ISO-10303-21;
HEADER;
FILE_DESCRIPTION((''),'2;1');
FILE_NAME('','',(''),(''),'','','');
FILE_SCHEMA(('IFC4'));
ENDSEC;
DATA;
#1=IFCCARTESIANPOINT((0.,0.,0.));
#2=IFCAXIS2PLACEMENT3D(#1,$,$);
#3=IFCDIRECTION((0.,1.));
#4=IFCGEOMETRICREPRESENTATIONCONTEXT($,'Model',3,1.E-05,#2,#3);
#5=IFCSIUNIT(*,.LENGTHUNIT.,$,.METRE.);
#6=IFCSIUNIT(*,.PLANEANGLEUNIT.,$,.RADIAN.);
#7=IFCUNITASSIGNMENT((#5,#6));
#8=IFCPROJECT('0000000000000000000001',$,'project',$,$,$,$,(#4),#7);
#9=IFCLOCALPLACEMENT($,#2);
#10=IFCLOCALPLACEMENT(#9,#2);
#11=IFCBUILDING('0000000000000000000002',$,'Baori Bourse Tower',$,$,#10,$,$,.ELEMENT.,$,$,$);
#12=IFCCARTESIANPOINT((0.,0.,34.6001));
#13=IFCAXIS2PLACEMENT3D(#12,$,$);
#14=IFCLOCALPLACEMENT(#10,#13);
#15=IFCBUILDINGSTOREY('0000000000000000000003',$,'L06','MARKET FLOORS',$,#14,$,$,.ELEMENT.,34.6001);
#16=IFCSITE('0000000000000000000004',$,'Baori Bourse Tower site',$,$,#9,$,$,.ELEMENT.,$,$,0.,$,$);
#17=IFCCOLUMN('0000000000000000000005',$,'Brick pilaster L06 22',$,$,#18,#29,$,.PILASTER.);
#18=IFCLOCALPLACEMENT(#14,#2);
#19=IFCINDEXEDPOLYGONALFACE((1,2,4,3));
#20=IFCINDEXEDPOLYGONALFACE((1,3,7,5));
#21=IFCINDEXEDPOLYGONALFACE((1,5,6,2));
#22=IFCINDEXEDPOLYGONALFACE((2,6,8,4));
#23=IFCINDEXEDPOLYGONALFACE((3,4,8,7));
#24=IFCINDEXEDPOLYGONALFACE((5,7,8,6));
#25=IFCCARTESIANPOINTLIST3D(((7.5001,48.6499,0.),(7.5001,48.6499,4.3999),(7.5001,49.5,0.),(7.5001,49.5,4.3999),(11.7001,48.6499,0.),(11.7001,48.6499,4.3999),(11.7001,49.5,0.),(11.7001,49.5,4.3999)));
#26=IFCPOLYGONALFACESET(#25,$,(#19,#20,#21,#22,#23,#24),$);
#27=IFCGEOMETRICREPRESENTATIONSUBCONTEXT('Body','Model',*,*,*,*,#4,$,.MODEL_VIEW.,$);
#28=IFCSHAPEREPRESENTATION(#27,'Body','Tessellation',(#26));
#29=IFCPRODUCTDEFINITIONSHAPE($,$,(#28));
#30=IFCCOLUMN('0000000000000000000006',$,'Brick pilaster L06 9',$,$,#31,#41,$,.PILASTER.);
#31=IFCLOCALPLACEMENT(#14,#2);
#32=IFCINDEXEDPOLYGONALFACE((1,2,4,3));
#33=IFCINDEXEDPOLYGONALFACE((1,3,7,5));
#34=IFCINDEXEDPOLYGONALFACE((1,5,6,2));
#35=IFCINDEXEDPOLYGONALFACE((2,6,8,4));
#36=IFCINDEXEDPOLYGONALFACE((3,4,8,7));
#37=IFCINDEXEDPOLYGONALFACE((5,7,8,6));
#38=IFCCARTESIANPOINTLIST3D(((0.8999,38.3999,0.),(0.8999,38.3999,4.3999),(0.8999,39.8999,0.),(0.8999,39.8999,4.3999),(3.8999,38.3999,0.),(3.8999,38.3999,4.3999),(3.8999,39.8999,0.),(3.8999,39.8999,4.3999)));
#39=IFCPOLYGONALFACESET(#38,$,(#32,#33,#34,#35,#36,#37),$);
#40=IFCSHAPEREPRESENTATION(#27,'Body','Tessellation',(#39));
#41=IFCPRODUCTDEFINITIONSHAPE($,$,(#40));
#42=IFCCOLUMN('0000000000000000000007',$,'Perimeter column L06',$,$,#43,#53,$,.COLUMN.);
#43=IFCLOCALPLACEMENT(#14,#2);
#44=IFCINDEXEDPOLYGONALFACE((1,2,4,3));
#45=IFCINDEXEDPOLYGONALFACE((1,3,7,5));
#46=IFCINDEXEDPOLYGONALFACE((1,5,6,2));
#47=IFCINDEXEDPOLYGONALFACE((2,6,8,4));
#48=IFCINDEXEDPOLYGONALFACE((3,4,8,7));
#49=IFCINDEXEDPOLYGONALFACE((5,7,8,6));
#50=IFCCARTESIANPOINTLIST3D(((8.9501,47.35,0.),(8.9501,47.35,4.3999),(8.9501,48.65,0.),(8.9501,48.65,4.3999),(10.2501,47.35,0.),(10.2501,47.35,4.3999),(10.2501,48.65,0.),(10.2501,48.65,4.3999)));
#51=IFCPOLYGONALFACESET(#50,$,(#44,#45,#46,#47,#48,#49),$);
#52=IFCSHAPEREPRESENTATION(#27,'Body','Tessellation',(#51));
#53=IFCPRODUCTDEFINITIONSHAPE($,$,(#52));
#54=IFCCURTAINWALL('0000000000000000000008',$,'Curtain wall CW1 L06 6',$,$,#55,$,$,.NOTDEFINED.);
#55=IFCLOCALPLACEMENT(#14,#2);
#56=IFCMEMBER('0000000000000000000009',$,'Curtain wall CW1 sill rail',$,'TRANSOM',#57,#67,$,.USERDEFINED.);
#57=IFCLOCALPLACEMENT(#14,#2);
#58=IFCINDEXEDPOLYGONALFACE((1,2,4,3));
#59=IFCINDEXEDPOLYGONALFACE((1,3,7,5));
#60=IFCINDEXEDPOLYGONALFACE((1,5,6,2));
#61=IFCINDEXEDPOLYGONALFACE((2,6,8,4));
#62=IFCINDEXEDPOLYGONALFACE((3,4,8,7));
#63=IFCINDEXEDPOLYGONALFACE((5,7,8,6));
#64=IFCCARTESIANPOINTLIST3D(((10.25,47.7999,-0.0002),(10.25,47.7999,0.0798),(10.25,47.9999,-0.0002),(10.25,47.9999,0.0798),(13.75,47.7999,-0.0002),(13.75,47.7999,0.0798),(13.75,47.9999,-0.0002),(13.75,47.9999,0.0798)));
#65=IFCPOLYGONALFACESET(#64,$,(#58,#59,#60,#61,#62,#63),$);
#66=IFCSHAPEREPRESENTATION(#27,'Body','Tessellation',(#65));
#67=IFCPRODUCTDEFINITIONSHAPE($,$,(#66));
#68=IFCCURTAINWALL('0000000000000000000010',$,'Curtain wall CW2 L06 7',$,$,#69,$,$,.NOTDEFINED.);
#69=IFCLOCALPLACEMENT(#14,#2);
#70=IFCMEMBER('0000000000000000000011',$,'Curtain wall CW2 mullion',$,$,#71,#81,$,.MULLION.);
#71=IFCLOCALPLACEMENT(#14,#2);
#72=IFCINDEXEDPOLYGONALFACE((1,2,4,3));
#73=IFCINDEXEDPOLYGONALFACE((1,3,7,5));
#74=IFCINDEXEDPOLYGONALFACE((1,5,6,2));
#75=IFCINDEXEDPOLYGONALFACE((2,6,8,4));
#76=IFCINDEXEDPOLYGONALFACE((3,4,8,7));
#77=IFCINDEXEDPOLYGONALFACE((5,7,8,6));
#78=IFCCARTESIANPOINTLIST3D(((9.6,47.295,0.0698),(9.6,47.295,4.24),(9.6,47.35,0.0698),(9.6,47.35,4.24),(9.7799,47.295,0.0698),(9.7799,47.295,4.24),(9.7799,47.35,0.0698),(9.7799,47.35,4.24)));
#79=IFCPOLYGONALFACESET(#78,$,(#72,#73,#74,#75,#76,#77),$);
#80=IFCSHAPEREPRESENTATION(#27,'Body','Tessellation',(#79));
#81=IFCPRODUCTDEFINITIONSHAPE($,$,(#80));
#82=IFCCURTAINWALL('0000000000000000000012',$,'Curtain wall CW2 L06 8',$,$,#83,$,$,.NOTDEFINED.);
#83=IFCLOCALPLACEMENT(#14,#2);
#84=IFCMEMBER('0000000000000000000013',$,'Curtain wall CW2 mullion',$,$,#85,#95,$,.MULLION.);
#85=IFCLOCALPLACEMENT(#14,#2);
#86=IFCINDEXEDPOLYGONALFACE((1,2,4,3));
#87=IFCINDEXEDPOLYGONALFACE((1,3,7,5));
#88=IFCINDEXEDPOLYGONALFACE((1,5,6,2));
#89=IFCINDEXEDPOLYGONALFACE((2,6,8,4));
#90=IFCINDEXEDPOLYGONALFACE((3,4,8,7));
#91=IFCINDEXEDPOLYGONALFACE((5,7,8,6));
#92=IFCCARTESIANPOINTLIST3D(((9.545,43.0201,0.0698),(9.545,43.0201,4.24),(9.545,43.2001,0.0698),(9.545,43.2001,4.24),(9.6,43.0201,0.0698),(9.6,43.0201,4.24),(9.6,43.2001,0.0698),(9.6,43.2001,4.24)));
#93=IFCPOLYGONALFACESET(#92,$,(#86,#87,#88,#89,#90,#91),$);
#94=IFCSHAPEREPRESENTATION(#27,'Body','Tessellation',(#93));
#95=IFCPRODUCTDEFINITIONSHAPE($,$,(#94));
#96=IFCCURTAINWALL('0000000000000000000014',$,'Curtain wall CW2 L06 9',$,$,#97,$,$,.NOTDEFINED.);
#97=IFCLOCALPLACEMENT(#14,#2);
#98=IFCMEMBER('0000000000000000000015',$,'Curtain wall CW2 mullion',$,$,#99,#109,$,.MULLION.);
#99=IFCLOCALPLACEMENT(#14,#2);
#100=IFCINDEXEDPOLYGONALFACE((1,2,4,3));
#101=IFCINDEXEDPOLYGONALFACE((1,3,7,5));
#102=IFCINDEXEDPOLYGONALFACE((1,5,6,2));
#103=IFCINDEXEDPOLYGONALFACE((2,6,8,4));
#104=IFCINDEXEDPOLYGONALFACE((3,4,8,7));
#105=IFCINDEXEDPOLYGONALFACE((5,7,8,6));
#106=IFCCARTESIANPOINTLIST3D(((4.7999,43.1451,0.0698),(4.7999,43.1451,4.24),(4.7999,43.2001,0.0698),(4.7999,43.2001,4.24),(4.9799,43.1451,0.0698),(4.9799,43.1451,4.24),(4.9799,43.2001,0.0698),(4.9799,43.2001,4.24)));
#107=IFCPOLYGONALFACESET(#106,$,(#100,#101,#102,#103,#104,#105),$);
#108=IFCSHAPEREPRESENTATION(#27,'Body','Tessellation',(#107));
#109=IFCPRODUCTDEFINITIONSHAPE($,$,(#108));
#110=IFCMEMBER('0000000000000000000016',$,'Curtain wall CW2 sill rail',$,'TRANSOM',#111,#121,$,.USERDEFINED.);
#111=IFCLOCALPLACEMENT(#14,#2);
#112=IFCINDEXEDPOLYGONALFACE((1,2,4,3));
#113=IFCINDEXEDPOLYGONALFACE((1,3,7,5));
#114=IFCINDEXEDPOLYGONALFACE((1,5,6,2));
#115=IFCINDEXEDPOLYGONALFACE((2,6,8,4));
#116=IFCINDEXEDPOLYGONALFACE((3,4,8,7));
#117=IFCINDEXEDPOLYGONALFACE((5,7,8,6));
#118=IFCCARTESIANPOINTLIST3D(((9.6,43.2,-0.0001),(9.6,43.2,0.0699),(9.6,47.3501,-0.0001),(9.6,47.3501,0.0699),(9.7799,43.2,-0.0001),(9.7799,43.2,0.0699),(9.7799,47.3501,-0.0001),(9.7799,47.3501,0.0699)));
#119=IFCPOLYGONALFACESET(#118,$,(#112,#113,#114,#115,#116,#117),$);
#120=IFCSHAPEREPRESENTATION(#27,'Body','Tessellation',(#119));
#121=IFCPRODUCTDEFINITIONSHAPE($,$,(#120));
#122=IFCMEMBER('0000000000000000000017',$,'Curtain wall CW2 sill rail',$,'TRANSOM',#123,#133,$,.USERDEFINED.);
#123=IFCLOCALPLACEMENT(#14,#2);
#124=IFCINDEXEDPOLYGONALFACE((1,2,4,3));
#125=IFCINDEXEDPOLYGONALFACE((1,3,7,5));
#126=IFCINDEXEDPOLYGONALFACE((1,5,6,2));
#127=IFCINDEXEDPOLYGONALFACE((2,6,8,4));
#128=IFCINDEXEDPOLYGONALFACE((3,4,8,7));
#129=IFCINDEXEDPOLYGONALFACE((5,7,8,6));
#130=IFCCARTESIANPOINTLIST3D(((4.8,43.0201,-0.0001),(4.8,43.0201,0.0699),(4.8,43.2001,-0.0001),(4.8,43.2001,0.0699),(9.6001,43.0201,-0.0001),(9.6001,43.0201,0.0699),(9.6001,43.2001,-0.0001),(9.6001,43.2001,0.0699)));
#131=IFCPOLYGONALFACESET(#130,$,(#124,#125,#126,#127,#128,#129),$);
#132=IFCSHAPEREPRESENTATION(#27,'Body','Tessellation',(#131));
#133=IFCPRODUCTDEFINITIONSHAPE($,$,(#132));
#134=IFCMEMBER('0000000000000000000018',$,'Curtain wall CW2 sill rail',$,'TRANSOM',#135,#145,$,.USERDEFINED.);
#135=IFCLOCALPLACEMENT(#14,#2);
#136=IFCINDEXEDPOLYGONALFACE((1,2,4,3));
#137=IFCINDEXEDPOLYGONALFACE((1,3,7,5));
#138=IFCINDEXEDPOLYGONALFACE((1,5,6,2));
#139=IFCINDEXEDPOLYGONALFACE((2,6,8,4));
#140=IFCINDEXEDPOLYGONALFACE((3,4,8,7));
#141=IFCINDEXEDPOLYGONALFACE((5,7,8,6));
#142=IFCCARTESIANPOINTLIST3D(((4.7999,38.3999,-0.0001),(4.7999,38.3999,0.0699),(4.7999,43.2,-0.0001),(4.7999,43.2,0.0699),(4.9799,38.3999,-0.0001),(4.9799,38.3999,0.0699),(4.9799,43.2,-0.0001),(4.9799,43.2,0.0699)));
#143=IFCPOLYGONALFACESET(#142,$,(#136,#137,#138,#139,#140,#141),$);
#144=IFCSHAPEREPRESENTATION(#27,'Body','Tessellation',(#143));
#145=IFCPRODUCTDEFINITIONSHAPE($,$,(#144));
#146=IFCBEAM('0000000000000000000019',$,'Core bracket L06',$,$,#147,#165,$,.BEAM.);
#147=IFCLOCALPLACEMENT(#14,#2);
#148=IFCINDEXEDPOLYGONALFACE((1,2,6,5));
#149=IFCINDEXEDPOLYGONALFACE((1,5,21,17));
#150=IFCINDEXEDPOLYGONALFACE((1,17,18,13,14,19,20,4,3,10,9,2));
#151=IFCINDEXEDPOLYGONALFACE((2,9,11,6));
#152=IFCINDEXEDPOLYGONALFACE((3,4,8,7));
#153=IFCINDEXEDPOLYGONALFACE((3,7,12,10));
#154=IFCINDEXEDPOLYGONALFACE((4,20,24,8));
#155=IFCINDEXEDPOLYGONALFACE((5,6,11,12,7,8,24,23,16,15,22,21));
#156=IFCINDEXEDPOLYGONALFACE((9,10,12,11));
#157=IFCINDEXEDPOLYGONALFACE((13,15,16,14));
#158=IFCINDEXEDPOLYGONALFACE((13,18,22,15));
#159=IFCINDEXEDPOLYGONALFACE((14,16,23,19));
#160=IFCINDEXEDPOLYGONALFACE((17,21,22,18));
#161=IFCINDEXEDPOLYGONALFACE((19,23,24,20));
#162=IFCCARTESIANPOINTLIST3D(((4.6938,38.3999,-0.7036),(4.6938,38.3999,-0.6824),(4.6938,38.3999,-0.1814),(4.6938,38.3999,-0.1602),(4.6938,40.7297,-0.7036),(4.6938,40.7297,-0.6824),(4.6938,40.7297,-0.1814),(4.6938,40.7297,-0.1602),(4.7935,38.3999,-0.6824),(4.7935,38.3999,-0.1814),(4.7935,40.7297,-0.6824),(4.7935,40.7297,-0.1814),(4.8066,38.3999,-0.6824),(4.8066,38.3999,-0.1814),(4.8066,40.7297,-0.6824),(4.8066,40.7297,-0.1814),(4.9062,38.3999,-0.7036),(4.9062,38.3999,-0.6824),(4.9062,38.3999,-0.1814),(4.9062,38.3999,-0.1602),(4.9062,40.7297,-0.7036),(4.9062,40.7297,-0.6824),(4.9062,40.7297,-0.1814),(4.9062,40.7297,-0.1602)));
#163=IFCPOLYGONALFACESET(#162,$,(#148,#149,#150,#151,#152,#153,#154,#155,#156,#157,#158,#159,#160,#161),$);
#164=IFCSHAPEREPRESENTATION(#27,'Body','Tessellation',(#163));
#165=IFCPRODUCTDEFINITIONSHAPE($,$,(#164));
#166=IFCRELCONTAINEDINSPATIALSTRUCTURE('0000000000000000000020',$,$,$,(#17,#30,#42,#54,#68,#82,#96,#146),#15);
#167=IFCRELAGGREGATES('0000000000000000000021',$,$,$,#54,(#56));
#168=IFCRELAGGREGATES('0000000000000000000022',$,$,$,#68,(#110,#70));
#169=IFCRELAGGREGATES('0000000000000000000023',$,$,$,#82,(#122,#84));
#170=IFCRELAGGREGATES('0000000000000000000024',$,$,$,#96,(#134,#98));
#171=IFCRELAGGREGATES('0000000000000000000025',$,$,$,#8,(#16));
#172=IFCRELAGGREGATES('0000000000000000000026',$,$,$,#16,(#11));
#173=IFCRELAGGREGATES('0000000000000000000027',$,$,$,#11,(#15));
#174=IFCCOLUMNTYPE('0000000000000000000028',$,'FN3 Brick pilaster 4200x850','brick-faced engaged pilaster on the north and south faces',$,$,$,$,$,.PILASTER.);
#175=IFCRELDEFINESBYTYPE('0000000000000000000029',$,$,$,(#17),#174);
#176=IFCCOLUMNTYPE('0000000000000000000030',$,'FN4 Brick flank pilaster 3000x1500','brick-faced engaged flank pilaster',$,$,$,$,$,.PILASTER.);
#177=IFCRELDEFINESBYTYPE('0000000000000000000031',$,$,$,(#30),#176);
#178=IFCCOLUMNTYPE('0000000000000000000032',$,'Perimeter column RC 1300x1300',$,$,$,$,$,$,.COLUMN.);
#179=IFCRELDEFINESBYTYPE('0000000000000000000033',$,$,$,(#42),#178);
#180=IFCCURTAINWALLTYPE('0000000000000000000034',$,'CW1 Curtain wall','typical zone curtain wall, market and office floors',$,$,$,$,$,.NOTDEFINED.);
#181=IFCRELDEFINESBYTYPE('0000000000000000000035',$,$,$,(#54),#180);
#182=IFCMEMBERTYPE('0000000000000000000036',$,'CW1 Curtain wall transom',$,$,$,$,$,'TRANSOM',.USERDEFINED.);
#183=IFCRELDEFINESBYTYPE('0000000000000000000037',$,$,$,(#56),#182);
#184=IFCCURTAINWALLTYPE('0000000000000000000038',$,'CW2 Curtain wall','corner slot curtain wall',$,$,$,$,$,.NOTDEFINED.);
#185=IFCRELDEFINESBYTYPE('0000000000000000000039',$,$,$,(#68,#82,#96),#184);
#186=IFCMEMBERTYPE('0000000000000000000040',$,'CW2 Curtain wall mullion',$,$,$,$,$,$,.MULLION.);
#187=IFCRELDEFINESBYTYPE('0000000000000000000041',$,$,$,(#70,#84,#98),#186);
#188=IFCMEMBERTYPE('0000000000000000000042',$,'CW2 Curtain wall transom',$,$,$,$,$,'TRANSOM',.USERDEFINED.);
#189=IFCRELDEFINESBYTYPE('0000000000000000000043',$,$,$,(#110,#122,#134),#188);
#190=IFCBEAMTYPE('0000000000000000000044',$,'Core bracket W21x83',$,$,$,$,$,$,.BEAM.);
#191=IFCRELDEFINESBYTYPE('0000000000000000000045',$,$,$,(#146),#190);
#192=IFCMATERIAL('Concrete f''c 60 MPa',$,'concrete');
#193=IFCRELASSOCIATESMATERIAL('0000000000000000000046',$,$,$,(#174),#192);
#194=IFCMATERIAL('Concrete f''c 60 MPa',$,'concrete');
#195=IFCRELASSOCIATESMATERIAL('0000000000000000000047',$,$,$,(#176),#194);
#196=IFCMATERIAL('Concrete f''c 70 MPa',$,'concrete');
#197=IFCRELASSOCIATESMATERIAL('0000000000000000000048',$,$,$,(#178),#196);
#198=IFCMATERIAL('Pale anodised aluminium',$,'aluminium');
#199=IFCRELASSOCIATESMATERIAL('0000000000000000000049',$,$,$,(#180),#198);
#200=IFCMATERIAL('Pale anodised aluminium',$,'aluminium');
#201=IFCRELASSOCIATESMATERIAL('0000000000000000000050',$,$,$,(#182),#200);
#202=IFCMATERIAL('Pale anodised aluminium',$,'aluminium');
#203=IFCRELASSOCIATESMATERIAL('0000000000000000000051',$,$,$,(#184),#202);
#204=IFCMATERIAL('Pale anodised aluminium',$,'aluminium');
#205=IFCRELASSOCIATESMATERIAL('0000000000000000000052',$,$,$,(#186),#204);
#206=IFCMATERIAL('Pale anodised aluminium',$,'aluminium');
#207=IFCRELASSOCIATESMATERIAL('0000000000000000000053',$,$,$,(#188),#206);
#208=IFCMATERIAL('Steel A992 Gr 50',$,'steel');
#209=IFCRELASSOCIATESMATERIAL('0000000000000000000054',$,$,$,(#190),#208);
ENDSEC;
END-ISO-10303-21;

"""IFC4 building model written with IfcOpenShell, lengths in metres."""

from ifc_helpers import new_model, si_unit, direction, frame, origin, origin_2d, place, context, subcontext, project, spatial, rectangle, i_section, extrude, material, material_profile, profile_set, type_object, element, aggregate, save


model = new_model("IFC4")

# Units and contexts
model_context = context("Model", 3, precision=1e-05, world=origin(), true_north=direction((0.0, 1.0)))
body_context = subcontext(model_context, "Body", "Model", "MODEL_VIEW")
ifc_project = project(units=[si_unit("LENGTHUNIT", "METRE"), si_unit("PLANEANGLEUNIT", "RADIAN")], contexts=[model_context])

# Site, building, storey
site_placement = place(None, origin())
site = spatial("IfcSite", under=ifc_project, at=site_placement, Name="Baori Bourse Tower site", CompositionType="ELEMENT", RefElevation=0.0)
building_placement = place(site_placement, origin())
building = spatial("IfcBuilding", under=site, at=building_placement, Name="Baori Bourse Tower", CompositionType="ELEMENT")
storey_placement = place(building_placement, frame((0.0, 0.0, 34.6001)))
storey = spatial("IfcBuildingStorey", under=building, at=storey_placement, Name="L06", Description="MARKET FLOORS", CompositionType="ELEMENT", Elevation=34.6001)

# Columns
ifc_material_1 = material(Name="Concrete f'c 60 MPa", Category="concrete")
ifc_material_profile_1 = material_profile(ifc_material_1, rectangle(XDim=4.2, YDim=0.8501, at=origin_2d()), Name="RC 4200x850")
ifc_profile_set_1 = profile_set([ifc_material_profile_1], Name="Concrete f'c 60 MPa")
column_type_1 = type_object("IfcColumnType", Name="FN3 Brick pilaster 4200x850", Description="brick-faced engaged pilaster on the north and south faces", PredefinedType="PILASTER", material=ifc_profile_set_1)
column_1_placement = place(storey_placement, frame((9.6001, 49.075, 0.0), z_axis=(0.0, 0.0, 1.0), x_axis=(1.0, 0.0, 0.0)))
element("IfcColumn", 1, at=column_1_placement, inside=storey, type_object=column_type_1, Name="Brick pilaster L06 22", PredefinedType="PILASTER", context=body_context, shape_type="SweptSolid", body=[
    extrude(rectangle(XDim=4.2, YDim=0.8501, at=origin_2d()), origin(), (0.0, 0.0, 1.0), 4.3999),
])
ifc_material_2 = material(Name="Concrete f'c 60 MPa", Category="concrete")
ifc_material_profile_2 = material_profile(ifc_material_2, rectangle(XDim=3.0, YDim=1.5, at=origin_2d()), Name="RC 3000x1500")
ifc_profile_set_2 = profile_set([ifc_material_profile_2], Name="Concrete f'c 60 MPa")
column_type_2 = type_object("IfcColumnType", Name="FN4 Brick flank pilaster 3000x1500", Description="brick-faced engaged flank pilaster", PredefinedType="PILASTER", material=ifc_profile_set_2)
column_2_placement = place(storey_placement, frame((2.3999, 39.1499, 0.0), z_axis=(0.0, 0.0, 1.0), x_axis=(1.0, 0.0, 0.0)))
element("IfcColumn", 2, at=column_2_placement, inside=storey, type_object=column_type_2, Name="Brick pilaster L06 9", PredefinedType="PILASTER", context=body_context, shape_type="SweptSolid", body=[
    extrude(rectangle(XDim=3.0, YDim=1.5, at=origin_2d()), origin(), (0.0, 0.0, 1.0), 4.3999),
])
ifc_material_3 = material(Name="Concrete f'c 70 MPa", Category="concrete")
ifc_material_profile_3 = material_profile(ifc_material_3, rectangle(XDim=1.3, YDim=1.3, at=origin_2d()), Name="RC 1300x1300")
ifc_profile_set_3 = profile_set([ifc_material_profile_3], Name="Concrete f'c 70 MPa")
column_type_3 = type_object("IfcColumnType", Name="Perimeter column RC 1300x1300", PredefinedType="COLUMN", material=ifc_profile_set_3)
column_3_placement = place(storey_placement, frame((9.6001, 48.0, 0.0), z_axis=(0.0, 0.0, 1.0), x_axis=(1.0, 0.0, 0.0)))
element("IfcColumn", 3, at=column_3_placement, inside=storey, type_object=column_type_3, Name="Perimeter column L06", PredefinedType="COLUMN", context=body_context, shape_type="SweptSolid", body=[
    extrude(rectangle(XDim=1.3, YDim=1.3, at=origin_2d()), origin(), (0.0, 0.0, 1.0), 4.3999),
])

# Curtain walls, members
ifc_material_4 = material(Name="Pale anodised aluminium", Category="aluminium")
curtain_wall_type_1 = type_object("IfcCurtainWallType", Name="CW1 Curtain wall", Description="typical zone curtain wall, market and office floors", PredefinedType="NOTDEFINED", material=ifc_material_4)
curtain_wall_1_placement = place(storey_placement, origin())
curtain_wall_1 = element("IfcCurtainWall", 4, at=curtain_wall_1_placement, inside=storey, type_object=curtain_wall_type_1, Name="Curtain wall CW1 L06 6", PredefinedType="NOTDEFINED")
ifc_material_5 = material(Name="Pale anodised aluminium", Category="aluminium")
ifc_material_profile_4 = material_profile(ifc_material_5, rectangle(XDim=0.2, YDim=0.0801, at=origin_2d()), Name="Transom 80x200")
ifc_profile_set_4 = profile_set([ifc_material_profile_4], Name="Pale anodised aluminium")
member_type_1 = type_object("IfcMemberType", Name="CW1 Curtain wall transom", ElementType="TRANSOM", PredefinedType="USERDEFINED", material=ifc_profile_set_4)
member_1_placement = place(storey_placement, frame((13.75, 47.8999, 0.0398), z_axis=(-1.0, 0.0, 0.0), x_axis=(0.0, -1.0, 0.0)))
member_1 = element("IfcMember", 5, at=member_1_placement, type_object=member_type_1, Name="Curtain wall CW1 sill rail", ObjectType="TRANSOM", PredefinedType="USERDEFINED", context=body_context, shape_type="SweptSolid", body=[
    extrude(rectangle(XDim=0.2, YDim=0.0801, at=origin_2d()), origin(), (0.0, 0.0, 1.0), 3.5),
])
ifc_material_6 = material(Name="Pale anodised aluminium", Category="aluminium")
curtain_wall_type_2 = type_object("IfcCurtainWallType", Name="CW2 Curtain wall", Description="corner slot curtain wall", PredefinedType="NOTDEFINED", material=ifc_material_6)
curtain_wall_2_placement = place(storey_placement, origin())
curtain_wall_2 = element("IfcCurtainWall", 6, at=curtain_wall_2_placement, inside=storey, type_object=curtain_wall_type_2, Name="Curtain wall CW2 L06 7", PredefinedType="NOTDEFINED")
ifc_material_7 = material(Name="Pale anodised aluminium", Category="aluminium")
ifc_material_profile_5 = material_profile(ifc_material_7, rectangle(XDim=0.1799, YDim=0.0549, at=origin_2d()), Name="Mullion 55x180")
ifc_profile_set_5 = profile_set([ifc_material_profile_5], Name="Pale anodised aluminium")
member_type_2 = type_object("IfcMemberType", Name="CW2 Curtain wall mullion", PredefinedType="MULLION", material=ifc_profile_set_5)
member_2_placement = place(storey_placement, frame((9.6899, 47.3225, 0.0698), z_axis=(0.0, 0.0, 1.0), x_axis=(1.0, 0.0, 0.0)))
member_2 = element("IfcMember", 7, at=member_2_placement, type_object=member_type_2, Name="Curtain wall CW2 mullion", PredefinedType="MULLION", context=body_context, shape_type="SweptSolid", body=[
    extrude(rectangle(XDim=0.1799, YDim=0.0549, at=origin_2d()), origin(), (0.0, 0.0, 1.0), 4.1702),
])
curtain_wall_3_placement = place(storey_placement, origin())
curtain_wall_3 = element("IfcCurtainWall", 8, at=curtain_wall_3_placement, inside=storey, type_object=curtain_wall_type_2, Name="Curtain wall CW2 L06 8", PredefinedType="NOTDEFINED")
member_3_placement = place(storey_placement, frame((9.5725, 43.1101, 0.0698), z_axis=(0.0, 0.0, 1.0), x_axis=(0.0, -1.0, 0.0)))
member_3 = element("IfcMember", 9, at=member_3_placement, type_object=member_type_2, Name="Curtain wall CW2 mullion", PredefinedType="MULLION", context=body_context, shape_type="SweptSolid", body=[
    extrude(rectangle(XDim=0.1799, YDim=0.0549, at=origin_2d()), origin(), (0.0, 0.0, 1.0), 4.1702),
])
curtain_wall_4_placement = place(storey_placement, origin())
curtain_wall_4 = element("IfcCurtainWall", 10, at=curtain_wall_4_placement, inside=storey, type_object=curtain_wall_type_2, Name="Curtain wall CW2 L06 9", PredefinedType="NOTDEFINED")
member_4_placement = place(storey_placement, frame((4.8899, 43.1726, 0.0698), z_axis=(0.0, 0.0, 1.0), x_axis=(1.0, 0.0, 0.0)))
member_4 = element("IfcMember", 11, at=member_4_placement, type_object=member_type_2, Name="Curtain wall CW2 mullion", PredefinedType="MULLION", context=body_context, shape_type="SweptSolid", body=[
    extrude(rectangle(XDim=0.1799, YDim=0.0549, at=origin_2d()), origin(), (0.0, 0.0, 1.0), 4.1702),
])

# Members
ifc_material_8 = material(Name="Pale anodised aluminium", Category="aluminium")
ifc_material_profile_6 = material_profile(ifc_material_8, rectangle(XDim=0.1799, YDim=0.0701, at=origin_2d()), Name="Transom 70x180")
ifc_profile_set_6 = profile_set([ifc_material_profile_6], Name="Pale anodised aluminium")
member_type_3 = type_object("IfcMemberType", Name="CW2 Curtain wall transom", ElementType="TRANSOM", PredefinedType="USERDEFINED", material=ifc_profile_set_6)
member_5_placement = place(storey_placement, frame((9.6899, 47.3501, 0.0349), z_axis=(0.0, -1.0, 0.0), x_axis=(1.0, 0.0, 0.0)))
member_5 = element("IfcMember", 12, at=member_5_placement, type_object=member_type_3, Name="Curtain wall CW2 sill rail", ObjectType="TRANSOM", PredefinedType="USERDEFINED", context=body_context, shape_type="SweptSolid", body=[
    extrude(rectangle(XDim=0.1799, YDim=0.0701, at=origin_2d()), origin(), (0.0, 0.0, 1.0), 4.1501),
])
member_6_placement = place(storey_placement, frame((9.6001, 43.1101, 0.0349), z_axis=(-1.0, 0.0, 0.0), x_axis=(0.0, -1.0, 0.0)))
member_6 = element("IfcMember", 13, at=member_6_placement, type_object=member_type_3, Name="Curtain wall CW2 sill rail", ObjectType="TRANSOM", PredefinedType="USERDEFINED", context=body_context, shape_type="SweptSolid", body=[
    extrude(rectangle(XDim=0.1799, YDim=0.0701, at=origin_2d()), origin(), (0.0, 0.0, 1.0), 4.8),
])
member_7_placement = place(storey_placement, frame((4.8899, 43.2, 0.0349), z_axis=(0.0, -1.0, 0.0), x_axis=(1.0, 0.0, 0.0)))
member_7 = element("IfcMember", 14, at=member_7_placement, type_object=member_type_3, Name="Curtain wall CW2 sill rail", ObjectType="TRANSOM", PredefinedType="USERDEFINED", context=body_context, shape_type="SweptSolid", body=[
    extrude(rectangle(XDim=0.1799, YDim=0.0701, at=origin_2d()), origin(), (0.0, 0.0, 1.0), 4.8),
])

# Beam
ifc_material_9 = material(Name="Steel A992 Gr 50", Category="steel")
ifc_material_profile_7 = material_profile(ifc_material_9, i_section(OverallWidth=0.2124, OverallDepth=0.5435, WebThickness=0.0132, FlangeThickness=0.0212, at=origin_2d()), Name="W21x83")
ifc_profile_set_7 = profile_set([ifc_material_profile_7], Name="Steel A992 Gr 50")
beam_type_1 = type_object("IfcBeamType", Name="Core bracket W21x83", PredefinedType="BEAM", material=ifc_profile_set_7)
beam_1_placement = place(storey_placement, frame((4.8, 38.3999, -0.4319), z_axis=(0.0, 1.0, 0.0), x_axis=(-1.0, 0.0, 0.0)))
element("IfcBeam", 15, at=beam_1_placement, inside=storey, type_object=beam_type_1, Name="Core bracket L06", PredefinedType="BEAM", context=body_context, shape_type="SweptSolid", body=[
    extrude(i_section(OverallWidth=0.2124, OverallDepth=0.5435, WebThickness=0.0132, FlangeThickness=0.0212, at=origin_2d()), origin(), (0.0, 0.0, 1.0), 2.3298),
])

aggregate(curtain_wall_1, [member_1])
aggregate(curtain_wall_2, [member_5, member_2])
aggregate(curtain_wall_3, [member_6, member_3])
aggregate(curtain_wall_4, [member_7, member_4])

save(model, "model.ifc")
